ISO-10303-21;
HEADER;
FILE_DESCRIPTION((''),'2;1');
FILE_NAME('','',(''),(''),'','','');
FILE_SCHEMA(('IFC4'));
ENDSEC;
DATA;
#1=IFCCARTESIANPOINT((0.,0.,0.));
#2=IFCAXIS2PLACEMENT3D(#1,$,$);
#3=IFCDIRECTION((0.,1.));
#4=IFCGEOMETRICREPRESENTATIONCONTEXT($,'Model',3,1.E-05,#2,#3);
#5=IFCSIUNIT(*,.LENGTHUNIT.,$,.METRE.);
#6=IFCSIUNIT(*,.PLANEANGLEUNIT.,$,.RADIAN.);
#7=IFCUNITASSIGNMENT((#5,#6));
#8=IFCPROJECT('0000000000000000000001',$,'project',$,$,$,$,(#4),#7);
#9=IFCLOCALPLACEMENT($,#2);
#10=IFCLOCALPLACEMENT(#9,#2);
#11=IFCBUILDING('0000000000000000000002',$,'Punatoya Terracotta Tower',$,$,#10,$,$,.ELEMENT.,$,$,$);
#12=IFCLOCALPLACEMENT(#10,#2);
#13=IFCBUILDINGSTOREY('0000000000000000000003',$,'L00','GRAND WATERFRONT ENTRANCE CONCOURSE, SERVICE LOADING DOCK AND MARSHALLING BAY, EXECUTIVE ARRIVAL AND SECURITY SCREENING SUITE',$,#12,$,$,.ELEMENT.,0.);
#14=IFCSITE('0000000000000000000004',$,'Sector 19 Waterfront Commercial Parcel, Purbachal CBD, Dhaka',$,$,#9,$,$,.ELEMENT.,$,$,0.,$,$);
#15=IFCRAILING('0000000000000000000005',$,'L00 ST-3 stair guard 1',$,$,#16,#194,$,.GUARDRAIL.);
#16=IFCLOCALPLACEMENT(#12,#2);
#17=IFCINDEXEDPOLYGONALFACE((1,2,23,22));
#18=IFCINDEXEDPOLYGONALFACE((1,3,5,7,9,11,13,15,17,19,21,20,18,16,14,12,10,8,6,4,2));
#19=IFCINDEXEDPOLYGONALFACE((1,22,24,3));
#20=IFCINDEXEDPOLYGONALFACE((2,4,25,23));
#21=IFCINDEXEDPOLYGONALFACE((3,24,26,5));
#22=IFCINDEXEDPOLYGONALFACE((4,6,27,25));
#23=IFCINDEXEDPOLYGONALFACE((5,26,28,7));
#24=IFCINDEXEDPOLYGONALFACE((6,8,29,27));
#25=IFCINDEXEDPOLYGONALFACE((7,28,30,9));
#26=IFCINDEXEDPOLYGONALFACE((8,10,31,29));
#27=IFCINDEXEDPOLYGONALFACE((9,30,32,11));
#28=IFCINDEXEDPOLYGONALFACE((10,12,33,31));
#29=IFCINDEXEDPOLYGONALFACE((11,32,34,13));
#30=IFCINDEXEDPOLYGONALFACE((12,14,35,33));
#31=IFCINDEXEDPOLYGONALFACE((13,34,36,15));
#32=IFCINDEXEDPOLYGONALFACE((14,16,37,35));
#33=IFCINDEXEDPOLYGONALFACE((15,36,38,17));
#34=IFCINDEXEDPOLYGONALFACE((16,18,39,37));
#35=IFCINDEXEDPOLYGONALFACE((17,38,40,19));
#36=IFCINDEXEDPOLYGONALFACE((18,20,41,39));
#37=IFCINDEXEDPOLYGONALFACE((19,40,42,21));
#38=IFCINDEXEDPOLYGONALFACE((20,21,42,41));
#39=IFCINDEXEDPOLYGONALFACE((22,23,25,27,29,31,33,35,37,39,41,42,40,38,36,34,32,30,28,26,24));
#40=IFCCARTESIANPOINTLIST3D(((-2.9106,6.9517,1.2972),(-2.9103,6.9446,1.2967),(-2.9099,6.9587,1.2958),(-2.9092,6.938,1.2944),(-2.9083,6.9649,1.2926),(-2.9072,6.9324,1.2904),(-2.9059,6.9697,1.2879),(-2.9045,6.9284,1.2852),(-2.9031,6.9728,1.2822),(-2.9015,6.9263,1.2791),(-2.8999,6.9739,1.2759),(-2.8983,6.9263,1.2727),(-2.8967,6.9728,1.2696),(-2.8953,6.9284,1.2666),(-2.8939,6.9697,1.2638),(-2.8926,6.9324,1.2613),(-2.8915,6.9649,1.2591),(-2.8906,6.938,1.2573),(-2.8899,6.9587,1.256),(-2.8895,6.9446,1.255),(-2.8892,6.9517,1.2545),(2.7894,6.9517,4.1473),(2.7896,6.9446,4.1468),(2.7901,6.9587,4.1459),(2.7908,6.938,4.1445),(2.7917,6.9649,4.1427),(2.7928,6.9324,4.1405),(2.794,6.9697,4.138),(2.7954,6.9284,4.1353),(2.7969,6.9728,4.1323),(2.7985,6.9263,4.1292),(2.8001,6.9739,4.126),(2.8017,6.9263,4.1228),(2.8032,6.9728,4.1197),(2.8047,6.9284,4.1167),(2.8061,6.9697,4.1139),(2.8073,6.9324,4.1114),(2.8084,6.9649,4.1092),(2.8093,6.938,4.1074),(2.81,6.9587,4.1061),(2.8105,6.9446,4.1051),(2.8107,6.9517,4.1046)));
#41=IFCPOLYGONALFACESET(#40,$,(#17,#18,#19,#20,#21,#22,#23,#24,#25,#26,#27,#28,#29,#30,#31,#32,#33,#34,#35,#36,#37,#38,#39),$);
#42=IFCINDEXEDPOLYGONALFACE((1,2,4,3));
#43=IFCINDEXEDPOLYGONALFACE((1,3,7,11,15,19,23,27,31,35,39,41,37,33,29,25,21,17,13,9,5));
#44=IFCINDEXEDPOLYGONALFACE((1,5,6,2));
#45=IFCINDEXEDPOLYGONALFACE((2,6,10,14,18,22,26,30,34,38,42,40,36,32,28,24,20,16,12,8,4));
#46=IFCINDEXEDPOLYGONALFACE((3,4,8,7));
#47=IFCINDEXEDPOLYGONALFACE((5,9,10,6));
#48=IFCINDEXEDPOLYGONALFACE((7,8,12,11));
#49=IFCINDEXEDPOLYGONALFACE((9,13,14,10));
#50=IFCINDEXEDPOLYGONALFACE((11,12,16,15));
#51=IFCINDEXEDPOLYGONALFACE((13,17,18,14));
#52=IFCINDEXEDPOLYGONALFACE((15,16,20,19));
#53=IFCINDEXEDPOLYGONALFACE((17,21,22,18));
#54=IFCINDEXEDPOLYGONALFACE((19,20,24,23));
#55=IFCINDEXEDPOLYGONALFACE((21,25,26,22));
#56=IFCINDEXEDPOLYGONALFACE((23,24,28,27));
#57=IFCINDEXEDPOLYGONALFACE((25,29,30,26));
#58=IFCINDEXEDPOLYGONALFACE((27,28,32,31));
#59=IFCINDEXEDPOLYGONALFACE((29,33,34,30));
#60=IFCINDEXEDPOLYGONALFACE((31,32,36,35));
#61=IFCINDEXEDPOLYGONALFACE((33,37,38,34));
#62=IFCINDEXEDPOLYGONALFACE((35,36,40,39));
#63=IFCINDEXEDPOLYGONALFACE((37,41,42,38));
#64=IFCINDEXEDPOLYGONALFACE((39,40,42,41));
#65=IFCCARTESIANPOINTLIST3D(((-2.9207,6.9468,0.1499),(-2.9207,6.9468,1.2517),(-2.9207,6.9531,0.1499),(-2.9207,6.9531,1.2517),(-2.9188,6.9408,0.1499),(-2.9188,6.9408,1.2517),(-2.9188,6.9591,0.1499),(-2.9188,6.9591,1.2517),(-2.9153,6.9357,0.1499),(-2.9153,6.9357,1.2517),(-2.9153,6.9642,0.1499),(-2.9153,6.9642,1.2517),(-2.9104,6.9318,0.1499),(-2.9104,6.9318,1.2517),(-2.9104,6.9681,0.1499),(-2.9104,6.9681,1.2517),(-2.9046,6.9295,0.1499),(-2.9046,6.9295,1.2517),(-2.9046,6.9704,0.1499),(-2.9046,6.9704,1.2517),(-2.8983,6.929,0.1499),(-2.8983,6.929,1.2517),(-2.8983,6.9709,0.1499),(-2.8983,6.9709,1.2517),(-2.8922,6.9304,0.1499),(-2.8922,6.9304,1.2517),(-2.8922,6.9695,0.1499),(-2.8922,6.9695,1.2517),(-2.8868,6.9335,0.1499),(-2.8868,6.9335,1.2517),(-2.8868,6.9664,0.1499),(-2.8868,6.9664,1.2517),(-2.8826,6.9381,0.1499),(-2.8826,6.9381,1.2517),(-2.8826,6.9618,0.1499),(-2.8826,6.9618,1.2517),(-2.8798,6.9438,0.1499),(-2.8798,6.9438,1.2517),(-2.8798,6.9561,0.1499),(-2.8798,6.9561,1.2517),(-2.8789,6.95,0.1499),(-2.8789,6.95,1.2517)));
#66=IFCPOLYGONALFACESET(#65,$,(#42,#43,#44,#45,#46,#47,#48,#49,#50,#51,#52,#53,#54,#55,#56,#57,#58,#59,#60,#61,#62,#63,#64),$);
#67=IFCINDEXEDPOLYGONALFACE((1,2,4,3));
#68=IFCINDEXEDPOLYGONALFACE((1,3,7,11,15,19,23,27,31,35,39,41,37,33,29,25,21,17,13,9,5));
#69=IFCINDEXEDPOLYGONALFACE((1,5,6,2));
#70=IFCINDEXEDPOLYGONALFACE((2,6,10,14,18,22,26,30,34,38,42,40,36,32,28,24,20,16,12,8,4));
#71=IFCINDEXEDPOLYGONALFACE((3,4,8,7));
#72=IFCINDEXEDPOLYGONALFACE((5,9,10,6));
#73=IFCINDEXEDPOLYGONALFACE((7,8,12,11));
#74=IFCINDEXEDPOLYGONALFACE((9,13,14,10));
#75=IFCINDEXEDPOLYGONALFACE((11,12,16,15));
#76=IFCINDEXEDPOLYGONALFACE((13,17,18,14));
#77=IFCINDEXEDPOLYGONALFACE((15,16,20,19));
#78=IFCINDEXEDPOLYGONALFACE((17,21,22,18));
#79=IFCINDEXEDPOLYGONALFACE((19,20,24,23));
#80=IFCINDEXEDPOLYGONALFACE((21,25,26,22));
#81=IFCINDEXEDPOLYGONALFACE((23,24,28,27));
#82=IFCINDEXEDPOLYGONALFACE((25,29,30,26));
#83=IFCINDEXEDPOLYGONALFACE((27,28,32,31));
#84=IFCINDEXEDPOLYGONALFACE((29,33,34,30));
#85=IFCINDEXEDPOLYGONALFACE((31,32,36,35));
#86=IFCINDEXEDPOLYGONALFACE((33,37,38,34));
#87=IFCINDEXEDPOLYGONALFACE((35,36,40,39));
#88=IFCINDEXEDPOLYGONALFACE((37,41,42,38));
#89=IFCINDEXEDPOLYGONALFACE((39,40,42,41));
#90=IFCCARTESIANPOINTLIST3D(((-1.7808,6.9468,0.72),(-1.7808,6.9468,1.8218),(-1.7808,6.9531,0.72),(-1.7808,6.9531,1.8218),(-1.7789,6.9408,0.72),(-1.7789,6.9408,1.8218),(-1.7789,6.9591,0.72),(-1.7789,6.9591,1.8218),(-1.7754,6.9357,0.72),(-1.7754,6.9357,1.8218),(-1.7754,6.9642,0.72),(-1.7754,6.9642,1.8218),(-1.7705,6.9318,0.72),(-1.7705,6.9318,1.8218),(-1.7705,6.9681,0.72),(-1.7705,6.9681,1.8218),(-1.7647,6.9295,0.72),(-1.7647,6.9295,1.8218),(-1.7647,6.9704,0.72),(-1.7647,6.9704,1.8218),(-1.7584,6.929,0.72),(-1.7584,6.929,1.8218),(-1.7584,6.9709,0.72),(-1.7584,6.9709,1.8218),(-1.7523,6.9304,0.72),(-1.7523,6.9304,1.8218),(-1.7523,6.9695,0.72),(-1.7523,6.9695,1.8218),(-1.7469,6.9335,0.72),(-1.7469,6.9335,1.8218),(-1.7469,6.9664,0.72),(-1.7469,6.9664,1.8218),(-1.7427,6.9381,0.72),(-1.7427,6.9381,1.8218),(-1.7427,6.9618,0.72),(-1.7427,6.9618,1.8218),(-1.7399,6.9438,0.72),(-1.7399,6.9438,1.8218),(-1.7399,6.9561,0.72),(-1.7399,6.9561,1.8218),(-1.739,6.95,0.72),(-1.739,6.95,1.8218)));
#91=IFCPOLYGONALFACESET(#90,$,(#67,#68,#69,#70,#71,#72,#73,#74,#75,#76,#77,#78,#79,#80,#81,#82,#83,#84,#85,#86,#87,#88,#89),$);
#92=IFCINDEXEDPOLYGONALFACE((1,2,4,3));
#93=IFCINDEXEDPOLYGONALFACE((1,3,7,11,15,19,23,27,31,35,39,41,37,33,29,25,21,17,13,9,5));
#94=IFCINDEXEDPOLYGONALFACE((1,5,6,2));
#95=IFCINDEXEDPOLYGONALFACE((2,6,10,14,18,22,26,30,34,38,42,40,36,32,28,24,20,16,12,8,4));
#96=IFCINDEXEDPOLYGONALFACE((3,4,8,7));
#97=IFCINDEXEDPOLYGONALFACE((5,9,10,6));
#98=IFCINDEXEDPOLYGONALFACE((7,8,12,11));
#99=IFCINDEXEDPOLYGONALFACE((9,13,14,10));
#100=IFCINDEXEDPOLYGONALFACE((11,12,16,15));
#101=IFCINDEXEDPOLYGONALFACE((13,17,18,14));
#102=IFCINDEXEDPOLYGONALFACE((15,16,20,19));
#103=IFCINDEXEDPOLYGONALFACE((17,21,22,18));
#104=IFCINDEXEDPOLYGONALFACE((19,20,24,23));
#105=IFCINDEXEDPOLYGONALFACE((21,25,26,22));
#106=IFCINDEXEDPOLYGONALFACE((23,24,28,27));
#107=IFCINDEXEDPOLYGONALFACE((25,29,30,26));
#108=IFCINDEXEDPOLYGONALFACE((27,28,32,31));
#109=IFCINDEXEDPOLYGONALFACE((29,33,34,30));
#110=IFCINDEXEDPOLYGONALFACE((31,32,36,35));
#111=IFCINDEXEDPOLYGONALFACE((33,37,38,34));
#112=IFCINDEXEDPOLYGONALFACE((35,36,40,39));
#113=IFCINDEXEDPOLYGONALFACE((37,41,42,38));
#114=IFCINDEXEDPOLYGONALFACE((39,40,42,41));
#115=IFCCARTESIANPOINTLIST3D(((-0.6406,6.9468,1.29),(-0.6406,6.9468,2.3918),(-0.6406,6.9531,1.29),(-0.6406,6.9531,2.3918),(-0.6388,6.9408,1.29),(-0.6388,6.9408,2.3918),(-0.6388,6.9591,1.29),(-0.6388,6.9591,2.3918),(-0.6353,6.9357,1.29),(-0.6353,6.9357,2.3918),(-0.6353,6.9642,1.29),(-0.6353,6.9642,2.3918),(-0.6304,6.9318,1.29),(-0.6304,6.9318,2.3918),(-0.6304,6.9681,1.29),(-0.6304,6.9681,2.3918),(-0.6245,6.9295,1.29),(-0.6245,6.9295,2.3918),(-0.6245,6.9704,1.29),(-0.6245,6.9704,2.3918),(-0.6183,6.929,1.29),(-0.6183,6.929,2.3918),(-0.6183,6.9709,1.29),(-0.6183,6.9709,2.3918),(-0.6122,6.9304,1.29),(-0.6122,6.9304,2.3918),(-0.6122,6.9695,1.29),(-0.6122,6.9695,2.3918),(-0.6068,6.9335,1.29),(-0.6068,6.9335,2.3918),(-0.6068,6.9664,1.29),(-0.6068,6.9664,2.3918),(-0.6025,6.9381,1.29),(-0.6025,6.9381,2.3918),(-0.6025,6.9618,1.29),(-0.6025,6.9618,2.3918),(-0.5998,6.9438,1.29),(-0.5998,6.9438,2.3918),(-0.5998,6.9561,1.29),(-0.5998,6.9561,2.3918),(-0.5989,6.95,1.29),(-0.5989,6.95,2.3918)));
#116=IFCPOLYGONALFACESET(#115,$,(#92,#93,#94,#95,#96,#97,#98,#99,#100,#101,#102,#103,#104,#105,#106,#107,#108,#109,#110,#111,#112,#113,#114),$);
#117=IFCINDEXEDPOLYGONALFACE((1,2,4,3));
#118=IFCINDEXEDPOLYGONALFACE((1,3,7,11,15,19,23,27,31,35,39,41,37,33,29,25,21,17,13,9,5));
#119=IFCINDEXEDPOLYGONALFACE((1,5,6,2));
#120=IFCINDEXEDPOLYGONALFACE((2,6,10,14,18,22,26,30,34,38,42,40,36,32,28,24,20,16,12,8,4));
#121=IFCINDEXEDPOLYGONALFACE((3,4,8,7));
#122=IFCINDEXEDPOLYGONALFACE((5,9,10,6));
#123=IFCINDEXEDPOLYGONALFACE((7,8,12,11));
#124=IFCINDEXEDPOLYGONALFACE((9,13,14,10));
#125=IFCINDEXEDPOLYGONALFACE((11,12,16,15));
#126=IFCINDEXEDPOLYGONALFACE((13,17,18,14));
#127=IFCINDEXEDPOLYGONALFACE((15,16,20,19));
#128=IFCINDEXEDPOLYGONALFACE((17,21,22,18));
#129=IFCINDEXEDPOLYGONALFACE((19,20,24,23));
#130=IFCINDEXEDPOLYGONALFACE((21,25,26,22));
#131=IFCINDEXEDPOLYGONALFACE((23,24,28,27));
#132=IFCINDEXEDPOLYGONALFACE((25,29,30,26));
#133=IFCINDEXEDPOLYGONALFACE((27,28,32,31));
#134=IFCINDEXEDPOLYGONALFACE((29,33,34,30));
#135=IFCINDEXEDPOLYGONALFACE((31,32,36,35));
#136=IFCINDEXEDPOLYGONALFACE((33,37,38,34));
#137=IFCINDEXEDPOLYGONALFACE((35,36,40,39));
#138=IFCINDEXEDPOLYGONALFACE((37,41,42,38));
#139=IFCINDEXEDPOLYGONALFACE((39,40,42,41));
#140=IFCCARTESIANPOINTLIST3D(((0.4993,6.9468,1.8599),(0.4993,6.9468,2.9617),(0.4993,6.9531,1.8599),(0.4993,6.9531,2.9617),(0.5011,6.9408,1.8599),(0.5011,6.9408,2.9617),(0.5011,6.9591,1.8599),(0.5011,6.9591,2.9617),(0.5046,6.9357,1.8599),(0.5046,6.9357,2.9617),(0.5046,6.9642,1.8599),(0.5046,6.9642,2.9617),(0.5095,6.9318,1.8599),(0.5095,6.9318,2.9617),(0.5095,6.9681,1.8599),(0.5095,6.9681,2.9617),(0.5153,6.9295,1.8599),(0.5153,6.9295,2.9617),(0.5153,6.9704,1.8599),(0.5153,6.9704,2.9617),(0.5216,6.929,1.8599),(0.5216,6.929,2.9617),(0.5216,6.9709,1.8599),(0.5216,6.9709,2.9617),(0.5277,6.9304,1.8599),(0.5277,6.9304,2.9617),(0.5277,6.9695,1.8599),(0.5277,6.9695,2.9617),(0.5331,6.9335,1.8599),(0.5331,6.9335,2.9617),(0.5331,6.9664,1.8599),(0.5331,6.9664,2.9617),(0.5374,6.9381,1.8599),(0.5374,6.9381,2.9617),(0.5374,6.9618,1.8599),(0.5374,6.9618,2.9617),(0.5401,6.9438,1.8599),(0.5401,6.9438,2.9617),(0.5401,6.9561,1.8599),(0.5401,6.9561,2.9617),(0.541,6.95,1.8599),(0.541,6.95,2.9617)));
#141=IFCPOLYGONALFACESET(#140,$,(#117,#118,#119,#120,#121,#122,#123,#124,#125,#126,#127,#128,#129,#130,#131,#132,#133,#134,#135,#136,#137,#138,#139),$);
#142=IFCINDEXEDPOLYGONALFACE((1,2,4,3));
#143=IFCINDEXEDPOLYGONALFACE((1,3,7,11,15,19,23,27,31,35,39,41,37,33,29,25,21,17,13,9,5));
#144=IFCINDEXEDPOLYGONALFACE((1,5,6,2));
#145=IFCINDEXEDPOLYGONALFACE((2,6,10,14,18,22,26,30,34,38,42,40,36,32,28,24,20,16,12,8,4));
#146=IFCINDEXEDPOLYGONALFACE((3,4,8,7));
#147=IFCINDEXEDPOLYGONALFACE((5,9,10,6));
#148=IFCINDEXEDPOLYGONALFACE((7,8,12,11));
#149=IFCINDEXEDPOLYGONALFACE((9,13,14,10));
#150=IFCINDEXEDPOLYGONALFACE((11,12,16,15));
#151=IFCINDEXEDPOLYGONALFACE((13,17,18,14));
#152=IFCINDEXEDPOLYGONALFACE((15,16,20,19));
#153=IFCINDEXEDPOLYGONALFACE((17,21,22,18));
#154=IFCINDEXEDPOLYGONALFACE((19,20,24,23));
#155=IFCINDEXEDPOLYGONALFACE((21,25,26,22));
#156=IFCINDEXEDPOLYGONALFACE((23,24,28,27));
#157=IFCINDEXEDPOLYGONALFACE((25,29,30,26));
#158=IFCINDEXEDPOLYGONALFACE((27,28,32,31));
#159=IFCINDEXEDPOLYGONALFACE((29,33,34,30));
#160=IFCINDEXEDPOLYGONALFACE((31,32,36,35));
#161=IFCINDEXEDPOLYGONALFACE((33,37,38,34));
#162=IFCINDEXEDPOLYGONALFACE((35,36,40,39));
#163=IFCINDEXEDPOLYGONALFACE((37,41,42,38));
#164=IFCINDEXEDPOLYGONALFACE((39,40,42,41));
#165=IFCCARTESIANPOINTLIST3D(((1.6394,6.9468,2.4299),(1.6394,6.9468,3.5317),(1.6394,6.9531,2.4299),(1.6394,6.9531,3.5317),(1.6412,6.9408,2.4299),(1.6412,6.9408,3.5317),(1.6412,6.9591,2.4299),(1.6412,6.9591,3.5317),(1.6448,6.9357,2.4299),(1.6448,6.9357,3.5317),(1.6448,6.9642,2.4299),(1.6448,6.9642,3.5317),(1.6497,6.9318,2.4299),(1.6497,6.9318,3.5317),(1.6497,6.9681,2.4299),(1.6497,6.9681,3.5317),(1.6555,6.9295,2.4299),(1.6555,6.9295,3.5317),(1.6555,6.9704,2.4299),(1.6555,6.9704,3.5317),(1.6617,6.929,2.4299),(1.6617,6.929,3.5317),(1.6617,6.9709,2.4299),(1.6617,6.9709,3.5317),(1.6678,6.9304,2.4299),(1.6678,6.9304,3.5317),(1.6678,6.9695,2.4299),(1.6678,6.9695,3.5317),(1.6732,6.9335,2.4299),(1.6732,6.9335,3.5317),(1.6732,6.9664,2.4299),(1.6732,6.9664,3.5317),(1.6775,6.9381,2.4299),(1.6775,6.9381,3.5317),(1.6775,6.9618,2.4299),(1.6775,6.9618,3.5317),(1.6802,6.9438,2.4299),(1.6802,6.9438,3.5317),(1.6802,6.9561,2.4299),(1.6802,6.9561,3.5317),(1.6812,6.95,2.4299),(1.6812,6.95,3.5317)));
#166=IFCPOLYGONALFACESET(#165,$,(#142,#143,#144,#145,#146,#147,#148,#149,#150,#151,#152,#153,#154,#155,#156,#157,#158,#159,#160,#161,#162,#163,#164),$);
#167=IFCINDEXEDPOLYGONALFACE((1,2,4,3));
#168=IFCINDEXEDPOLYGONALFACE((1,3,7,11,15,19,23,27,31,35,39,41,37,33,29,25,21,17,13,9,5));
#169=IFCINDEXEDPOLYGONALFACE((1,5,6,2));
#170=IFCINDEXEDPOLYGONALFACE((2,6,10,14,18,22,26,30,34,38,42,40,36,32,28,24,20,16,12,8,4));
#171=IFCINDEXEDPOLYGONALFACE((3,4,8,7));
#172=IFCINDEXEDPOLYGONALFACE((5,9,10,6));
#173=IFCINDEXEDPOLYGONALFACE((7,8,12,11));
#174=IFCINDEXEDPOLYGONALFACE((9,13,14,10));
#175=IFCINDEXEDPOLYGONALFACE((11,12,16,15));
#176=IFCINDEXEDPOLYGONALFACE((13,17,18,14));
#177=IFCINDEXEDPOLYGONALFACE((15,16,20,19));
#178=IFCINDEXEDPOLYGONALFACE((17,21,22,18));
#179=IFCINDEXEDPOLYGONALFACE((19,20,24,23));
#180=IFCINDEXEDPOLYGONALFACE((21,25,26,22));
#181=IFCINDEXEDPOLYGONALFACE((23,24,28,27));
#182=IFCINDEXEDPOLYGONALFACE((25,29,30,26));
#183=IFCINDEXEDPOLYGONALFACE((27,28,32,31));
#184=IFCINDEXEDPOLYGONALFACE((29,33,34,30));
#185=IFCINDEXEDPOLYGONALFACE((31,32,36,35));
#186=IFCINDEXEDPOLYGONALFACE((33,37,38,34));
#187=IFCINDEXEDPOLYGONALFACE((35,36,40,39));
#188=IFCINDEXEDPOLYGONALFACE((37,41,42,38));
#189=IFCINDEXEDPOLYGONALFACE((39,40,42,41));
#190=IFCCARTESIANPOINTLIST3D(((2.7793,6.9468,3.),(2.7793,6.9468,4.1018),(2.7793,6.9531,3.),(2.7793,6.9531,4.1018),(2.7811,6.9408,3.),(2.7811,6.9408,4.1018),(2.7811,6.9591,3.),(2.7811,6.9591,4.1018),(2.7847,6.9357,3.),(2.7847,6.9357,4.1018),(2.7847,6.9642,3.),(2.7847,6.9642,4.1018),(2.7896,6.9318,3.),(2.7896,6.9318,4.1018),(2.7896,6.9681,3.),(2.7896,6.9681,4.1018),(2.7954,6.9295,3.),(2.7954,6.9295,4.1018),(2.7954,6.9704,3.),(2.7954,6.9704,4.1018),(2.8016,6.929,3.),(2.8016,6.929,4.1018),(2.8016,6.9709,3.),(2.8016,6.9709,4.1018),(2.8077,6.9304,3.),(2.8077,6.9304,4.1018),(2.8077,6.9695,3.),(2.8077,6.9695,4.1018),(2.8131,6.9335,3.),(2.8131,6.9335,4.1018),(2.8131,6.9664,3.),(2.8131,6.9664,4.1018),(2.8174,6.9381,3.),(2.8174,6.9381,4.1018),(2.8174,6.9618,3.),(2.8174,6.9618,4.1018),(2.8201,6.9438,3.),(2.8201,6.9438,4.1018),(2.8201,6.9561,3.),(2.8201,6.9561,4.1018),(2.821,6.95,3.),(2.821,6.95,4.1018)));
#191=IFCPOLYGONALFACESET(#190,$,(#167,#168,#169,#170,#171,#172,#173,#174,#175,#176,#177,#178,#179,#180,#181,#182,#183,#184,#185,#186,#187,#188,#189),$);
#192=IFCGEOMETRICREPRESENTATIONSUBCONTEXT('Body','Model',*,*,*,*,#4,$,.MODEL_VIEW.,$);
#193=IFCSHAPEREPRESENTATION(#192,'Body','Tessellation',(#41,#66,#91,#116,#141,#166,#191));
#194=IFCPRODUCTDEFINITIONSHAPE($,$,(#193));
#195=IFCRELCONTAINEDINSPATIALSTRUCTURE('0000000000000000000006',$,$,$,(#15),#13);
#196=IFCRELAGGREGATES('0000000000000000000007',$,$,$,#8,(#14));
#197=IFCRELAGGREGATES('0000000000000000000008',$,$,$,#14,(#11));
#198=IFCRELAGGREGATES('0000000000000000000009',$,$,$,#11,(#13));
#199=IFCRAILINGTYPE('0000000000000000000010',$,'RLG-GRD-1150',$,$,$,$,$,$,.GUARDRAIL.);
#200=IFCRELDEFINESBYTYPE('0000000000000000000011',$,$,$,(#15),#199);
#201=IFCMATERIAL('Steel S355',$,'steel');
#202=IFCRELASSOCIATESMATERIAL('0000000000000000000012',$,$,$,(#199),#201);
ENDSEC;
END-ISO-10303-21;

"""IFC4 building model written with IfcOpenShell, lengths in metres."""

from ifc_helpers import new_model, si_unit, direction, frame, origin, origin_2d, place, context, subcontext, project, spatial, circle, extrude, material, type_object, element, save


model = new_model("IFC4")

# Units and contexts
model_context = context("Model", 3, precision=1e-05, world=origin(), true_north=direction((0.0, 1.0)))
body_context = subcontext(model_context, "Body", "Model", "MODEL_VIEW")
ifc_project = project(units=[si_unit("LENGTHUNIT", "METRE"), si_unit("PLANEANGLEUNIT", "RADIAN")], contexts=[model_context])

# Site, building, storey
site_placement = place(None, origin())
site = spatial("IfcSite", under=ifc_project, at=site_placement, Name="Sector 19 Waterfront Commercial Parcel, Purbachal CBD, Dhaka", CompositionType="ELEMENT", RefElevation=0.0)
building_placement = place(site_placement, origin())
building = spatial("IfcBuilding", under=site, at=building_placement, Name="Punatoya Terracotta Tower", CompositionType="ELEMENT")
storey_placement = place(building_placement, origin())
storey = spatial("IfcBuildingStorey", under=building, at=storey_placement, Name="L00", Description="GRAND WATERFRONT ENTRANCE CONCOURSE, SERVICE LOADING DOCK AND MARSHALLING BAY, EXECUTIVE ARRIVAL AND SECURITY SCREENING SUITE", CompositionType="ELEMENT", Elevation=0.0)

# Shared definitions
ifc_material_1 = material(Name="Steel S355", Category="steel")

# Railing
railing_type_1 = type_object("IfcRailingType", Name="RLG-GRD-1150", PredefinedType="GUARDRAIL", material=ifc_material_1)
railing_1_placement = place(storey_placement, frame((-2.8999, 6.95, 0.1499)))
element("IfcRailing", 1, at=railing_1_placement, inside=storey, type_object=railing_type_1, Name="L00 ST-3 stair guard 1", PredefinedType="GUARDRAIL", context=body_context, shape_type="SweptSolid", body=[
    extrude(circle(Radius=0.0239, at=origin_2d()), frame((0.0, 0.0, 1.126), z_axis=(0.89442, 0.0, 0.447229), x_axis=(0.0, 1.0, 0.0)), (0.0, 0.0, 1.0), 6.3728),
    extrude(circle(Radius=0.021, at=origin_2d()), origin(), (0.0, 0.0, 1.0), 1.1018),
    extrude(circle(Radius=0.021, at=origin_2d()), frame((1.1399, 0.0, 0.5701)), (0.0, 0.0, 1.0), 1.1018),
    extrude(circle(Radius=0.021, at=origin_2d()), frame((2.28, 0.0, 1.1401)), (0.0, 0.0, 1.0), 1.1018),
    extrude(circle(Radius=0.021, at=origin_2d()), frame((3.4199, 0.0, 1.71)), (0.0, 0.0, 1.0), 1.1018),
    extrude(circle(Radius=0.021, at=origin_2d()), frame((4.5601, 0.0, 2.28)), (0.0, 0.0, 1.0), 1.1018),
    extrude(circle(Radius=0.021, at=origin_2d()), frame((5.7, 0.0, 2.8501)), (0.0, 0.0, 1.0), 1.1018),
])

save(model, "model.ifc")
